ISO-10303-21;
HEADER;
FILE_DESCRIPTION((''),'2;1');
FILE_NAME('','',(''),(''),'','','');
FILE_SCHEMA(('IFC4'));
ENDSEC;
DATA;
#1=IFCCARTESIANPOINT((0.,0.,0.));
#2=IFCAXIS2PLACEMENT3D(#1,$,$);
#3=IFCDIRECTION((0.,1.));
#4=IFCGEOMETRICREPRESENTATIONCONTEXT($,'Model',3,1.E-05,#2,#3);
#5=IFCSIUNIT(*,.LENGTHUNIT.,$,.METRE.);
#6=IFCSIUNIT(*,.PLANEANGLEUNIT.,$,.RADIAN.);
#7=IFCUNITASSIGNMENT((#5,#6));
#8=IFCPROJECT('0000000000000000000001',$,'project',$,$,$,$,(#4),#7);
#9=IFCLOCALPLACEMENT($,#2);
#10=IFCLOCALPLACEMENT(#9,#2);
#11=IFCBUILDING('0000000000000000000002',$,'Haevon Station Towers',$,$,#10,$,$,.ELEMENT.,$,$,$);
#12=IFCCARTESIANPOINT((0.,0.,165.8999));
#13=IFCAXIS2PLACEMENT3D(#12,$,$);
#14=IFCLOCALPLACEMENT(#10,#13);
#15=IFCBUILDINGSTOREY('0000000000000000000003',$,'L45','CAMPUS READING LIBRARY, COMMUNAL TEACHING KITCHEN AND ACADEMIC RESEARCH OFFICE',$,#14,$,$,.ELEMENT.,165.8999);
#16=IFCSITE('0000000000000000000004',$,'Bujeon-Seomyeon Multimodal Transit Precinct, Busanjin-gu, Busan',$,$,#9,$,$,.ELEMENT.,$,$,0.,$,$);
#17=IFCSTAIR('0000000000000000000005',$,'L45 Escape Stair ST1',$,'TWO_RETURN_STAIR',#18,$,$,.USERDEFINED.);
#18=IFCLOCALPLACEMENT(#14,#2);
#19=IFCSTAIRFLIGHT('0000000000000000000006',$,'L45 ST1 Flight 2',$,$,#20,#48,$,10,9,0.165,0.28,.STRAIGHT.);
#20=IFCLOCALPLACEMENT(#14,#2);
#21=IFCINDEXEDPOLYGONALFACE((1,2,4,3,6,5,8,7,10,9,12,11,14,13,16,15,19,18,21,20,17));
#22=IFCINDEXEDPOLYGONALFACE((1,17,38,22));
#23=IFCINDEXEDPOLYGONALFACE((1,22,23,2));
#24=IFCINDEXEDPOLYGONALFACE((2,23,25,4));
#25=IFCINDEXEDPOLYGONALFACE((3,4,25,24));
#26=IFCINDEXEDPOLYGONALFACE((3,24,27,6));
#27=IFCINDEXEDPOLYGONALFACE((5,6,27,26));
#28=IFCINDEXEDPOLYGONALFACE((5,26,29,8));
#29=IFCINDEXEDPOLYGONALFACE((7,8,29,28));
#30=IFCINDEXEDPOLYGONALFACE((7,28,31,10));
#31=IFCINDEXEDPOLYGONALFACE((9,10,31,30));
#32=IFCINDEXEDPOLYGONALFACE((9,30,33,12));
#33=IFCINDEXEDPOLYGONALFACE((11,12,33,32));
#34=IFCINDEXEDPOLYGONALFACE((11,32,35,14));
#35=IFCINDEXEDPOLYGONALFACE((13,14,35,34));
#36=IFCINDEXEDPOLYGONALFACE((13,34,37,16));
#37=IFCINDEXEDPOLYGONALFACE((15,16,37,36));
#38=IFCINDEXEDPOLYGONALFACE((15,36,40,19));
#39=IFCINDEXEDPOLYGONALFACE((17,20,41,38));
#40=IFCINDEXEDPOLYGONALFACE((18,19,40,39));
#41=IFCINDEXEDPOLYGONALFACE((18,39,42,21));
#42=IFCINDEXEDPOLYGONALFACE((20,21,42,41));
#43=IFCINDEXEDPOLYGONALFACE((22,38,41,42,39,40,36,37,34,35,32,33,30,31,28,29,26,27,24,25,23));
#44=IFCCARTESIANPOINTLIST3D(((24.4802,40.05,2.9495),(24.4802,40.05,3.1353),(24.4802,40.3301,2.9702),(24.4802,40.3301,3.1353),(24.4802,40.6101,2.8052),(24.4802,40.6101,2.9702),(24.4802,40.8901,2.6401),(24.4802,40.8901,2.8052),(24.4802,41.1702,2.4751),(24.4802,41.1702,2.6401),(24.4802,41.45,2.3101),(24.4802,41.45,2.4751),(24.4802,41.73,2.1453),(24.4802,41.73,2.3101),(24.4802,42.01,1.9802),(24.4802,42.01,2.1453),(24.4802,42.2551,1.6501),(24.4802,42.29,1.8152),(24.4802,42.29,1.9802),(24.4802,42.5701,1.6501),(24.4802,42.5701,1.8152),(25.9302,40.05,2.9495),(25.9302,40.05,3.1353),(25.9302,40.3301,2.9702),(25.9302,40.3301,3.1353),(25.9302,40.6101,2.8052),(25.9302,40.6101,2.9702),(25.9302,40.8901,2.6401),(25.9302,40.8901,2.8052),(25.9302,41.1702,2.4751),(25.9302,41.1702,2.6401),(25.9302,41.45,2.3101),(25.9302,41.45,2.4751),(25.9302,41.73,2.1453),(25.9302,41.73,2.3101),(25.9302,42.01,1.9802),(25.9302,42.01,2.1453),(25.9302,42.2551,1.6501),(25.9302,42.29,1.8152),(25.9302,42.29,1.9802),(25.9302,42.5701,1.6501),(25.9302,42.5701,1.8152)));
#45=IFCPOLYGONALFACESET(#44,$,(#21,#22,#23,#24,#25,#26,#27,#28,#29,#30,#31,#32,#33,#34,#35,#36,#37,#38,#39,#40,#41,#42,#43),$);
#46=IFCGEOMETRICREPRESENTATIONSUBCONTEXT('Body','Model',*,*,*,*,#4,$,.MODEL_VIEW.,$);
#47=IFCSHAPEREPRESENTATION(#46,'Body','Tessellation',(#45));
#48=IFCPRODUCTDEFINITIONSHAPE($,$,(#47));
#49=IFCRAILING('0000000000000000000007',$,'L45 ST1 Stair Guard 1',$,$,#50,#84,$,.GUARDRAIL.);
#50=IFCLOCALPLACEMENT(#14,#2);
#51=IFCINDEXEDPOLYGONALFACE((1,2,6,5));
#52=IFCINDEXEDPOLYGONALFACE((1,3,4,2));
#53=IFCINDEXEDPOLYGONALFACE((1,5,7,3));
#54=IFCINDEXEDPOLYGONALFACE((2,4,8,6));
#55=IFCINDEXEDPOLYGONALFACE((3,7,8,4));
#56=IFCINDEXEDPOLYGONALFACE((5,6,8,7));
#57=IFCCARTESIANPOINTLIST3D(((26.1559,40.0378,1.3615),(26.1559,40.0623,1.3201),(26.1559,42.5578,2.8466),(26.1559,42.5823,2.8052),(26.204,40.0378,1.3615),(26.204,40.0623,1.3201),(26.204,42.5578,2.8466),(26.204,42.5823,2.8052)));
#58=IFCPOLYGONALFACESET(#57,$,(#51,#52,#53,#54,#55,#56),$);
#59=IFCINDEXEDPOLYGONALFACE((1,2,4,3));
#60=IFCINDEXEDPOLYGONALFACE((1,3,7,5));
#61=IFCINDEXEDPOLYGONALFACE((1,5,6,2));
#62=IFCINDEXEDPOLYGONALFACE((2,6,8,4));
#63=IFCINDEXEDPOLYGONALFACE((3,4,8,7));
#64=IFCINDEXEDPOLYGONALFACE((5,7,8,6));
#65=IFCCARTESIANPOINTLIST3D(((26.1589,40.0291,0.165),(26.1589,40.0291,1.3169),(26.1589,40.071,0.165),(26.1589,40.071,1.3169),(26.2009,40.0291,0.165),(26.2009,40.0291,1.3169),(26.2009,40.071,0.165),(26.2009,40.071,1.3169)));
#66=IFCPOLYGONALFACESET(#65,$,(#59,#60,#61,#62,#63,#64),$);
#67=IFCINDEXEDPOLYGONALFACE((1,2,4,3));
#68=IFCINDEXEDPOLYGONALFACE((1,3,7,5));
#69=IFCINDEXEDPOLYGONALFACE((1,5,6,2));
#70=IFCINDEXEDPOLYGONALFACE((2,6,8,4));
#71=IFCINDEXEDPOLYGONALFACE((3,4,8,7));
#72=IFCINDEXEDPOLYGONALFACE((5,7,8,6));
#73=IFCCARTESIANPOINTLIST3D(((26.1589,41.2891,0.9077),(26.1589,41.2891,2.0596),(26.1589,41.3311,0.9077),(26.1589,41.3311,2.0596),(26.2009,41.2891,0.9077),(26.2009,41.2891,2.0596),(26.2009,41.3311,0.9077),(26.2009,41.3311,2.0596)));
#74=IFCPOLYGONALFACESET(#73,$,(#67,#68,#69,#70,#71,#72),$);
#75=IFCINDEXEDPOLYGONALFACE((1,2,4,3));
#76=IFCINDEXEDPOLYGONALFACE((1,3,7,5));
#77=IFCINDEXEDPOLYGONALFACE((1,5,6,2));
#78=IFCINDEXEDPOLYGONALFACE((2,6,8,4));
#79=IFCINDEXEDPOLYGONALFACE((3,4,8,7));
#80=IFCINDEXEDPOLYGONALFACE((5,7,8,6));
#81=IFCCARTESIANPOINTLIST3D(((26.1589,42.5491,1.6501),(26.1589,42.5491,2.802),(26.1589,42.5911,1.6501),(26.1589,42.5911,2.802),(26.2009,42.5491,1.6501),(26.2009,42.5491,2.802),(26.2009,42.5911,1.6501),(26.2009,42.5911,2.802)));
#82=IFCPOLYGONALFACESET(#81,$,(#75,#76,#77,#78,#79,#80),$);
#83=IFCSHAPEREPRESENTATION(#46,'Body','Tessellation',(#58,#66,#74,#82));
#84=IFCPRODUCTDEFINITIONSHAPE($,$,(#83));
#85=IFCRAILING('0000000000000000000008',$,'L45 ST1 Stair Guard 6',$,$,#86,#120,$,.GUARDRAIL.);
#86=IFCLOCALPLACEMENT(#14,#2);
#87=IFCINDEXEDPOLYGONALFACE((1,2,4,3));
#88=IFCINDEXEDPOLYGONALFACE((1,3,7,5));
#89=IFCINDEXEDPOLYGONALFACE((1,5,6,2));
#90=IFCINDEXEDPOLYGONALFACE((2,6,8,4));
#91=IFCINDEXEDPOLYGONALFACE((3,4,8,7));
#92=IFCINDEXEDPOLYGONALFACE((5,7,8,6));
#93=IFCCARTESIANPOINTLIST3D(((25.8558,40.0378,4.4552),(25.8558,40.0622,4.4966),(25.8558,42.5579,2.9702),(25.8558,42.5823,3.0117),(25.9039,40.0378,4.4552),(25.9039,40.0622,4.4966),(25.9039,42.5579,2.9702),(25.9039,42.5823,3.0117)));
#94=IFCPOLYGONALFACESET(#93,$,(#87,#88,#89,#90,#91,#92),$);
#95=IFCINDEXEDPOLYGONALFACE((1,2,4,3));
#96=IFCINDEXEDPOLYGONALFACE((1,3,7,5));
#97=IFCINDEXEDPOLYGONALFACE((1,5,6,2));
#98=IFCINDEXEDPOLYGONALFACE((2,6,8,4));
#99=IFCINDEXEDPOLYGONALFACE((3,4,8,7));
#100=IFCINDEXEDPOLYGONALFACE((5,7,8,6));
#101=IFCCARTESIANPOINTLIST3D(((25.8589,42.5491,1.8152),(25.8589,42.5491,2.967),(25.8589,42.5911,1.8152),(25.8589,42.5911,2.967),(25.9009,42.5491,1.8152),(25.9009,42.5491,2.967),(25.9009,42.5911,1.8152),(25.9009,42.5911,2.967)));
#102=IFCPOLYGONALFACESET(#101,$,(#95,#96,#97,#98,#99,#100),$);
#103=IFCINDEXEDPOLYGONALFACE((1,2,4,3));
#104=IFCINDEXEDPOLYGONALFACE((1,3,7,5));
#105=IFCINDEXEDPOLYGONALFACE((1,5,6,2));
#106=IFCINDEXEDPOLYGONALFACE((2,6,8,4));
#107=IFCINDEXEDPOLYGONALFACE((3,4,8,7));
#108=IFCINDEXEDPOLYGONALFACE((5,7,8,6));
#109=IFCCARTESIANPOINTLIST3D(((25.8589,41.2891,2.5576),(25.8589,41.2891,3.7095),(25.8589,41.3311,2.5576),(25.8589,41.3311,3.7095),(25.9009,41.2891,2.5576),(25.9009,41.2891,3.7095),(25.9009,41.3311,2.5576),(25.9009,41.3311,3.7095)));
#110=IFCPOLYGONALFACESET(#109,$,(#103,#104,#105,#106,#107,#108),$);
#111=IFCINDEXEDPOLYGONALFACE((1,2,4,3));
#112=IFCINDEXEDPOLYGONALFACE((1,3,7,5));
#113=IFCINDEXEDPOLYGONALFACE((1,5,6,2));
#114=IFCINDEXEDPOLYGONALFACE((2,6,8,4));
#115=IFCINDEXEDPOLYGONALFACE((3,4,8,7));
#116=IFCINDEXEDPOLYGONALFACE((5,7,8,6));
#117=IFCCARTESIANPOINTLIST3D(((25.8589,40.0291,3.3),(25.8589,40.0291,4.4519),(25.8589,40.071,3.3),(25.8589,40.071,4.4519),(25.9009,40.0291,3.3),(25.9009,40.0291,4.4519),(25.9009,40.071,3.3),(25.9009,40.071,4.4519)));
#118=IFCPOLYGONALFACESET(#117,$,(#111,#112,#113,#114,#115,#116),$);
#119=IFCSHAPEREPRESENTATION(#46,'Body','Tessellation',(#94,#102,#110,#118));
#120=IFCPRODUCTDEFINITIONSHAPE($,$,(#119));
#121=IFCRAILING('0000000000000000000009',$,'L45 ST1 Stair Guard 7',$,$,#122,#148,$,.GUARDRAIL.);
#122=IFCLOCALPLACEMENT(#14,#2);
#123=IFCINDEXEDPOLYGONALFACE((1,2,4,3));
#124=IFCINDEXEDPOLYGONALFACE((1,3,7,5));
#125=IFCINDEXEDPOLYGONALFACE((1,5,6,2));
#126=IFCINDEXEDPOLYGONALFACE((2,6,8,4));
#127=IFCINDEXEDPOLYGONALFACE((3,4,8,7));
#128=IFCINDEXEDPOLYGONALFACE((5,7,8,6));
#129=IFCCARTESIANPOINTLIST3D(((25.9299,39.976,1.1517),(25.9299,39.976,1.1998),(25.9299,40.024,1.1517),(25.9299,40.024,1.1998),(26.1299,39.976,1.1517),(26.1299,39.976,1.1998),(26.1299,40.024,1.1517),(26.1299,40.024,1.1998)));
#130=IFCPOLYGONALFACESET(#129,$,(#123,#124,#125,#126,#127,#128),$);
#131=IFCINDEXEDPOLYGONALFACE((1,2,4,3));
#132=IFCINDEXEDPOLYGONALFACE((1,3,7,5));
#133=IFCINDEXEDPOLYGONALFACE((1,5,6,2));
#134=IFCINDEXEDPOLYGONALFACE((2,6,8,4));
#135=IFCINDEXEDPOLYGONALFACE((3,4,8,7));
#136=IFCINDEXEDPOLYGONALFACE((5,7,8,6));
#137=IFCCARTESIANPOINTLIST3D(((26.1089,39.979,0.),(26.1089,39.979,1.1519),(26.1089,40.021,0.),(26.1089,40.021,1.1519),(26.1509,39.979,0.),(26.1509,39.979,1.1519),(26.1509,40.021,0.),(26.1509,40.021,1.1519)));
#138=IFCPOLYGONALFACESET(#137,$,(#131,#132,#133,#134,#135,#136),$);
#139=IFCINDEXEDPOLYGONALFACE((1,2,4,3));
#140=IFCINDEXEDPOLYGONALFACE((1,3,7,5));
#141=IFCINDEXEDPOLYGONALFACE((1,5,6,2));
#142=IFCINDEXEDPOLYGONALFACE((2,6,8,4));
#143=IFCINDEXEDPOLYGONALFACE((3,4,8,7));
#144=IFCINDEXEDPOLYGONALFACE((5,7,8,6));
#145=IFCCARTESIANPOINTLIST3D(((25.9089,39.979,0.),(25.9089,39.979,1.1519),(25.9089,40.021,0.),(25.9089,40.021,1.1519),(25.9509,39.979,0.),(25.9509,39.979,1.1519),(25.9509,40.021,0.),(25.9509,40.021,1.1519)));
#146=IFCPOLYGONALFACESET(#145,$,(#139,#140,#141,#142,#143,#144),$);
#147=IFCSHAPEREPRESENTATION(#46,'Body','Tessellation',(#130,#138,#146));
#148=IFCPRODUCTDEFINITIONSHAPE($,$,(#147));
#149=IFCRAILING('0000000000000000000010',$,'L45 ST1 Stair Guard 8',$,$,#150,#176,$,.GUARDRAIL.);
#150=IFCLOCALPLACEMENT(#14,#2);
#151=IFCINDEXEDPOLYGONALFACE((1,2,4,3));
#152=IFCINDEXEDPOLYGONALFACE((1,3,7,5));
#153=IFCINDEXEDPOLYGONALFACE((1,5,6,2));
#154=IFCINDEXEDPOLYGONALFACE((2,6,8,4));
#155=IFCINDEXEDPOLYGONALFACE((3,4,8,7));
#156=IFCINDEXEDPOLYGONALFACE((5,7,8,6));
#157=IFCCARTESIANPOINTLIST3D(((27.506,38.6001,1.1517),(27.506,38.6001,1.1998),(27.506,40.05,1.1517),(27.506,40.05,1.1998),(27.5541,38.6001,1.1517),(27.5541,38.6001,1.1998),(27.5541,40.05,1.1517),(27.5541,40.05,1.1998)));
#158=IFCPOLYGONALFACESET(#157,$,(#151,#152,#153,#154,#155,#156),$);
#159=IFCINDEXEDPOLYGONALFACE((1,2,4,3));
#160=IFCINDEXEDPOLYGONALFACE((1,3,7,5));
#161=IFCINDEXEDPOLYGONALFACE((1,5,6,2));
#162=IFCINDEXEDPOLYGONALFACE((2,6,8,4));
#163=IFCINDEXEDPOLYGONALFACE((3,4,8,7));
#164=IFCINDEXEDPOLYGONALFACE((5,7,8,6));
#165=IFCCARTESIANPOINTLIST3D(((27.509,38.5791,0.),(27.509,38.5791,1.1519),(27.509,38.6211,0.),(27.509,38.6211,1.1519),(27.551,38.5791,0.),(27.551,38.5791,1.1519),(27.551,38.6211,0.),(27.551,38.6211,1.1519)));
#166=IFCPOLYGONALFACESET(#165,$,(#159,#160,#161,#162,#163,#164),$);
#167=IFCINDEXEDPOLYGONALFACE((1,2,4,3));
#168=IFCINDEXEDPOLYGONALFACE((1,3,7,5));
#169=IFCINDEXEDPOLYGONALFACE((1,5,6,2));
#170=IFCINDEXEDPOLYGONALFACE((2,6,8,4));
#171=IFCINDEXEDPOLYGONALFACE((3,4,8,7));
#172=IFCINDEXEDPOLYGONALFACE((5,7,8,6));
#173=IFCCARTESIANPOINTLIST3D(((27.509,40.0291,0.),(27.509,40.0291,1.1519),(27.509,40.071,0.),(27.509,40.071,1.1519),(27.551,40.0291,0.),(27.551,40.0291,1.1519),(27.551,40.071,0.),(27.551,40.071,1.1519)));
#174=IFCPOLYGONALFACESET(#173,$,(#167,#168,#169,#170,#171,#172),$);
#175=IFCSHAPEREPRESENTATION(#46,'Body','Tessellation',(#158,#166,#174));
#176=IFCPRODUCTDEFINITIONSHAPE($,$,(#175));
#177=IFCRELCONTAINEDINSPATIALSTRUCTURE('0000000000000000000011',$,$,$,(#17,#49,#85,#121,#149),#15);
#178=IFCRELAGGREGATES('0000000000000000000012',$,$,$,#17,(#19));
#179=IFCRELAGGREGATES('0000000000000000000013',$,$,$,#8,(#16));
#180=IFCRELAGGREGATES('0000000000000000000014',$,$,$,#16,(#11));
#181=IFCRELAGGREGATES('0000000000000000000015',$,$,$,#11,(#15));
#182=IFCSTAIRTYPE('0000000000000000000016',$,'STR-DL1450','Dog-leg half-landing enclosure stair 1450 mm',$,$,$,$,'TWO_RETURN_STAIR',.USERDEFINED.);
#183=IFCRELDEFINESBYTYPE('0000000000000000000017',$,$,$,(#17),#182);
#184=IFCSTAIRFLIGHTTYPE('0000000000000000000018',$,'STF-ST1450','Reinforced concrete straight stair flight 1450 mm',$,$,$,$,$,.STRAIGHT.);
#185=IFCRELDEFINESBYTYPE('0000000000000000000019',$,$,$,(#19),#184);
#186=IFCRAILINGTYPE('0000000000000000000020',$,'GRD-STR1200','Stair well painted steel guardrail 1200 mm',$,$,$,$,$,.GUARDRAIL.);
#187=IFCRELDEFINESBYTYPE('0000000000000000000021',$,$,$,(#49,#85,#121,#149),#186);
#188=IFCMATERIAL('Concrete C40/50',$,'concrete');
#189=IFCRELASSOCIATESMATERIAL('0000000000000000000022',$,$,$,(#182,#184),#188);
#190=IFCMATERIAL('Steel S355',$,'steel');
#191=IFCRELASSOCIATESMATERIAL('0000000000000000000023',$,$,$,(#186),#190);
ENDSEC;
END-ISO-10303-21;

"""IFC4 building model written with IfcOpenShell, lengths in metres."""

from ifc_helpers import new_model, si_unit, direction, frame, origin, origin_2d, place, context, subcontext, project, spatial, polyline, rectangle, outline, extrude, material, type_object, element, aggregate, save


model = new_model("IFC4")

# Units and contexts
model_context = context("Model", 3, precision=1e-05, world=origin(), true_north=direction((0.0, 1.0)))
body_context = subcontext(model_context, "Body", "Model", "MODEL_VIEW")
ifc_project = project(units=[si_unit("LENGTHUNIT", "METRE"), si_unit("PLANEANGLEUNIT", "RADIAN")], contexts=[model_context])

# Site, building, storey
site_placement = place(None, origin())
site = spatial("IfcSite", under=ifc_project, at=site_placement, Name="Bujeon-Seomyeon Multimodal Transit Precinct, Busanjin-gu, Busan", CompositionType="ELEMENT", RefElevation=0.0)
building_placement = place(site_placement, origin())
building = spatial("IfcBuilding", under=site, at=building_placement, Name="Haevon Station Towers", CompositionType="ELEMENT")
storey_placement = place(building_placement, frame((0.0, 0.0, 165.8999)))
storey = spatial("IfcBuildingStorey", under=building, at=storey_placement, Name="L45", Description="CAMPUS READING LIBRARY, COMMUNAL TEACHING KITCHEN AND ACADEMIC RESEARCH OFFICE", CompositionType="ELEMENT", Elevation=165.8999)

# Shared definitions
ifc_material_1 = material(Name="Steel S355", Category="steel")

# Stair, stair flight
ifc_material_2 = material(Name="Concrete C40/50", Category="concrete")
stair_type = type_object("IfcStairType", Name="STR-DL1450", Description="Dog-leg half-landing enclosure stair 1450 mm", ElementType="TWO_RETURN_STAIR", PredefinedType="USERDEFINED", material=ifc_material_2)
stair_placement = place(storey_placement, origin())
stair = element("IfcStair", 1, at=stair_placement, inside=storey, type_object=stair_type, Name="L45 Escape Stair ST1", ObjectType="TWO_RETURN_STAIR", PredefinedType="USERDEFINED")
stair_flight_type = type_object("IfcStairFlightType", Name="STF-ST1450", Description="Reinforced concrete straight stair flight 1450 mm", PredefinedType="STRAIGHT", material=ifc_material_2)
stair_flight_1_placement = place(storey_placement, frame((25.2051, 42.5701, 1.6501), z_axis=(0.0, 0.0, 1.0), x_axis=(0.0, -1.0, 0.0)))
stair_flight_1 = element("IfcStairFlight", 2, at=stair_flight_1_placement, type_object=stair_flight_type, Name="L45 ST1 Flight 2", NumberOfRisers=10, NumberOfTreads=9, PredefinedType="STRAIGHT", RiserHeight=0.165, TreadLength=0.28, context=body_context, shape_type="SweptSolid", body=[
    extrude(outline(polyline([(0.0, 0.0), (0.0, 0.165), (0.28, 0.165), (0.28, 0.3301), (0.5601, 0.3301), (0.5601, 0.4951), (0.8401, 0.4951), (0.8401, 0.6599), (1.1201, 0.6599), (1.1201, 0.825), (1.3999, 0.825), (1.3999, 0.99), (1.6799, 0.99), (1.6799, 1.155), (1.96, 1.155), (1.96, 1.3201), (2.24, 1.3201), (2.24, 1.4851), (2.52, 1.4851), (2.52, 1.6499), (2.52, 1.2993), (0.3149, 0.0), (0.0, 0.0)])), frame((0.0, 0.7251, 0.0), z_axis=(0.0, -1.0, 0.0), x_axis=(1.0, 0.0, 0.0)), (0.0, 0.0, 1.0), 1.45),
])
aggregate(stair, [stair_flight_1])

# Railings
railing_type_1 = type_object("IfcRailingType", Name="GRD-STR1200", Description="Stair well painted steel guardrail 1200 mm", PredefinedType="GUARDRAIL", material=ifc_material_1)
railing_1_placement = place(storey_placement, frame((26.1799, 40.05, 0.165)))
element("IfcRailing", 3, at=railing_1_placement, inside=storey, type_object=railing_type_1, Name="L45 ST1 Stair Guard 1", PredefinedType="GUARDRAIL", context=body_context, shape_type="SweptSolid", body=[
    extrude(rectangle(XDim=0.0481, YDim=0.0481, at=origin_2d()), frame((0.0, 0.0, 1.1758), z_axis=(0.0, 0.861524, 0.507717), x_axis=(-1.0, 0.0, 0.0)), (0.0, 0.0, 1.0), 2.925),
    extrude(rectangle(XDim=0.042, YDim=0.042, at=origin_2d()), origin(), (0.0, 0.0, 1.0), 1.1519),
    extrude(rectangle(XDim=0.042, YDim=0.042, at=origin_2d()), frame((0.0, 1.26, 0.7427)), (0.0, 0.0, 1.0), 1.1519),
    extrude(rectangle(XDim=0.042, YDim=0.042, at=origin_2d()), frame((0.0, 2.52, 1.4851)), (0.0, 0.0, 1.0), 1.1519),
])
railing_2_placement = place(storey_placement, frame((25.8799, 42.5701, 1.8152)))
element("IfcRailing", 4, at=railing_2_placement, inside=storey, type_object=railing_type_1, Name="L45 ST1 Stair Guard 6", PredefinedType="GUARDRAIL", context=body_context, shape_type="SweptSolid", body=[
    extrude(rectangle(XDim=0.0481, YDim=0.0481, at=origin_2d()), frame((0.0, 0.0, 1.1758), z_axis=(0.0, -0.861561, 0.507655), x_axis=(1.0, 0.0, 0.0)), (0.0, 0.0, 1.0), 2.925),
    extrude(rectangle(XDim=0.042, YDim=0.042, at=origin_2d()), origin(), (0.0, 0.0, 1.0), 1.1519),
    extrude(rectangle(XDim=0.042, YDim=0.042, at=origin_2d()), frame((0.0, -1.26, 0.7424)), (0.0, 0.0, 1.0), 1.1519),
    extrude(rectangle(XDim=0.042, YDim=0.042, at=origin_2d()), frame((0.0, -2.52, 1.4849)), (0.0, 0.0, 1.0), 1.1519),
])
railing_3_placement = place(storey_placement, frame((26.1299, 40.0, 0.0)))
element("IfcRailing", 5, at=railing_3_placement, inside=storey, type_object=railing_type_1, Name="L45 ST1 Stair Guard 7", PredefinedType="GUARDRAIL", context=body_context, shape_type="SweptSolid", body=[
    extrude(rectangle(XDim=0.0481, YDim=0.0481, at=origin_2d()), frame((0.0, 0.0, 1.1758), z_axis=(-1.0, 0.0, 0.0), x_axis=(0.0, -1.0, 0.0)), (0.0, 0.0, 1.0), 0.2),
    extrude(rectangle(XDim=0.042, YDim=0.042, at=origin_2d()), origin(), (0.0, 0.0, 1.0), 1.1519),
    extrude(rectangle(XDim=0.042, YDim=0.042, at=origin_2d()), frame((-0.2, 0.0, 0.0)), (0.0, 0.0, 1.0), 1.1519),
])
railing_4_placement = place(storey_placement, frame((27.53, 38.6001, 0.0)))
element("IfcRailing", 6, at=railing_4_placement, inside=storey, type_object=railing_type_1, Name="L45 ST1 Stair Guard 8", PredefinedType="GUARDRAIL", context=body_context, shape_type="SweptSolid", body=[
    extrude(rectangle(XDim=0.0481, YDim=0.0481, at=origin_2d()), frame((0.0, 0.0, 1.1758), z_axis=(0.0, 1.0, 0.0), x_axis=(-1.0, 0.0, 0.0)), (0.0, 0.0, 1.0), 1.45),
    extrude(rectangle(XDim=0.042, YDim=0.042, at=origin_2d()), origin(), (0.0, 0.0, 1.0), 1.1519),
    extrude(rectangle(XDim=0.042, YDim=0.042, at=origin_2d()), frame((0.0, 1.45, 0.0)), (0.0, 0.0, 1.0), 1.1519),
])

save(model, "model.ifc")
